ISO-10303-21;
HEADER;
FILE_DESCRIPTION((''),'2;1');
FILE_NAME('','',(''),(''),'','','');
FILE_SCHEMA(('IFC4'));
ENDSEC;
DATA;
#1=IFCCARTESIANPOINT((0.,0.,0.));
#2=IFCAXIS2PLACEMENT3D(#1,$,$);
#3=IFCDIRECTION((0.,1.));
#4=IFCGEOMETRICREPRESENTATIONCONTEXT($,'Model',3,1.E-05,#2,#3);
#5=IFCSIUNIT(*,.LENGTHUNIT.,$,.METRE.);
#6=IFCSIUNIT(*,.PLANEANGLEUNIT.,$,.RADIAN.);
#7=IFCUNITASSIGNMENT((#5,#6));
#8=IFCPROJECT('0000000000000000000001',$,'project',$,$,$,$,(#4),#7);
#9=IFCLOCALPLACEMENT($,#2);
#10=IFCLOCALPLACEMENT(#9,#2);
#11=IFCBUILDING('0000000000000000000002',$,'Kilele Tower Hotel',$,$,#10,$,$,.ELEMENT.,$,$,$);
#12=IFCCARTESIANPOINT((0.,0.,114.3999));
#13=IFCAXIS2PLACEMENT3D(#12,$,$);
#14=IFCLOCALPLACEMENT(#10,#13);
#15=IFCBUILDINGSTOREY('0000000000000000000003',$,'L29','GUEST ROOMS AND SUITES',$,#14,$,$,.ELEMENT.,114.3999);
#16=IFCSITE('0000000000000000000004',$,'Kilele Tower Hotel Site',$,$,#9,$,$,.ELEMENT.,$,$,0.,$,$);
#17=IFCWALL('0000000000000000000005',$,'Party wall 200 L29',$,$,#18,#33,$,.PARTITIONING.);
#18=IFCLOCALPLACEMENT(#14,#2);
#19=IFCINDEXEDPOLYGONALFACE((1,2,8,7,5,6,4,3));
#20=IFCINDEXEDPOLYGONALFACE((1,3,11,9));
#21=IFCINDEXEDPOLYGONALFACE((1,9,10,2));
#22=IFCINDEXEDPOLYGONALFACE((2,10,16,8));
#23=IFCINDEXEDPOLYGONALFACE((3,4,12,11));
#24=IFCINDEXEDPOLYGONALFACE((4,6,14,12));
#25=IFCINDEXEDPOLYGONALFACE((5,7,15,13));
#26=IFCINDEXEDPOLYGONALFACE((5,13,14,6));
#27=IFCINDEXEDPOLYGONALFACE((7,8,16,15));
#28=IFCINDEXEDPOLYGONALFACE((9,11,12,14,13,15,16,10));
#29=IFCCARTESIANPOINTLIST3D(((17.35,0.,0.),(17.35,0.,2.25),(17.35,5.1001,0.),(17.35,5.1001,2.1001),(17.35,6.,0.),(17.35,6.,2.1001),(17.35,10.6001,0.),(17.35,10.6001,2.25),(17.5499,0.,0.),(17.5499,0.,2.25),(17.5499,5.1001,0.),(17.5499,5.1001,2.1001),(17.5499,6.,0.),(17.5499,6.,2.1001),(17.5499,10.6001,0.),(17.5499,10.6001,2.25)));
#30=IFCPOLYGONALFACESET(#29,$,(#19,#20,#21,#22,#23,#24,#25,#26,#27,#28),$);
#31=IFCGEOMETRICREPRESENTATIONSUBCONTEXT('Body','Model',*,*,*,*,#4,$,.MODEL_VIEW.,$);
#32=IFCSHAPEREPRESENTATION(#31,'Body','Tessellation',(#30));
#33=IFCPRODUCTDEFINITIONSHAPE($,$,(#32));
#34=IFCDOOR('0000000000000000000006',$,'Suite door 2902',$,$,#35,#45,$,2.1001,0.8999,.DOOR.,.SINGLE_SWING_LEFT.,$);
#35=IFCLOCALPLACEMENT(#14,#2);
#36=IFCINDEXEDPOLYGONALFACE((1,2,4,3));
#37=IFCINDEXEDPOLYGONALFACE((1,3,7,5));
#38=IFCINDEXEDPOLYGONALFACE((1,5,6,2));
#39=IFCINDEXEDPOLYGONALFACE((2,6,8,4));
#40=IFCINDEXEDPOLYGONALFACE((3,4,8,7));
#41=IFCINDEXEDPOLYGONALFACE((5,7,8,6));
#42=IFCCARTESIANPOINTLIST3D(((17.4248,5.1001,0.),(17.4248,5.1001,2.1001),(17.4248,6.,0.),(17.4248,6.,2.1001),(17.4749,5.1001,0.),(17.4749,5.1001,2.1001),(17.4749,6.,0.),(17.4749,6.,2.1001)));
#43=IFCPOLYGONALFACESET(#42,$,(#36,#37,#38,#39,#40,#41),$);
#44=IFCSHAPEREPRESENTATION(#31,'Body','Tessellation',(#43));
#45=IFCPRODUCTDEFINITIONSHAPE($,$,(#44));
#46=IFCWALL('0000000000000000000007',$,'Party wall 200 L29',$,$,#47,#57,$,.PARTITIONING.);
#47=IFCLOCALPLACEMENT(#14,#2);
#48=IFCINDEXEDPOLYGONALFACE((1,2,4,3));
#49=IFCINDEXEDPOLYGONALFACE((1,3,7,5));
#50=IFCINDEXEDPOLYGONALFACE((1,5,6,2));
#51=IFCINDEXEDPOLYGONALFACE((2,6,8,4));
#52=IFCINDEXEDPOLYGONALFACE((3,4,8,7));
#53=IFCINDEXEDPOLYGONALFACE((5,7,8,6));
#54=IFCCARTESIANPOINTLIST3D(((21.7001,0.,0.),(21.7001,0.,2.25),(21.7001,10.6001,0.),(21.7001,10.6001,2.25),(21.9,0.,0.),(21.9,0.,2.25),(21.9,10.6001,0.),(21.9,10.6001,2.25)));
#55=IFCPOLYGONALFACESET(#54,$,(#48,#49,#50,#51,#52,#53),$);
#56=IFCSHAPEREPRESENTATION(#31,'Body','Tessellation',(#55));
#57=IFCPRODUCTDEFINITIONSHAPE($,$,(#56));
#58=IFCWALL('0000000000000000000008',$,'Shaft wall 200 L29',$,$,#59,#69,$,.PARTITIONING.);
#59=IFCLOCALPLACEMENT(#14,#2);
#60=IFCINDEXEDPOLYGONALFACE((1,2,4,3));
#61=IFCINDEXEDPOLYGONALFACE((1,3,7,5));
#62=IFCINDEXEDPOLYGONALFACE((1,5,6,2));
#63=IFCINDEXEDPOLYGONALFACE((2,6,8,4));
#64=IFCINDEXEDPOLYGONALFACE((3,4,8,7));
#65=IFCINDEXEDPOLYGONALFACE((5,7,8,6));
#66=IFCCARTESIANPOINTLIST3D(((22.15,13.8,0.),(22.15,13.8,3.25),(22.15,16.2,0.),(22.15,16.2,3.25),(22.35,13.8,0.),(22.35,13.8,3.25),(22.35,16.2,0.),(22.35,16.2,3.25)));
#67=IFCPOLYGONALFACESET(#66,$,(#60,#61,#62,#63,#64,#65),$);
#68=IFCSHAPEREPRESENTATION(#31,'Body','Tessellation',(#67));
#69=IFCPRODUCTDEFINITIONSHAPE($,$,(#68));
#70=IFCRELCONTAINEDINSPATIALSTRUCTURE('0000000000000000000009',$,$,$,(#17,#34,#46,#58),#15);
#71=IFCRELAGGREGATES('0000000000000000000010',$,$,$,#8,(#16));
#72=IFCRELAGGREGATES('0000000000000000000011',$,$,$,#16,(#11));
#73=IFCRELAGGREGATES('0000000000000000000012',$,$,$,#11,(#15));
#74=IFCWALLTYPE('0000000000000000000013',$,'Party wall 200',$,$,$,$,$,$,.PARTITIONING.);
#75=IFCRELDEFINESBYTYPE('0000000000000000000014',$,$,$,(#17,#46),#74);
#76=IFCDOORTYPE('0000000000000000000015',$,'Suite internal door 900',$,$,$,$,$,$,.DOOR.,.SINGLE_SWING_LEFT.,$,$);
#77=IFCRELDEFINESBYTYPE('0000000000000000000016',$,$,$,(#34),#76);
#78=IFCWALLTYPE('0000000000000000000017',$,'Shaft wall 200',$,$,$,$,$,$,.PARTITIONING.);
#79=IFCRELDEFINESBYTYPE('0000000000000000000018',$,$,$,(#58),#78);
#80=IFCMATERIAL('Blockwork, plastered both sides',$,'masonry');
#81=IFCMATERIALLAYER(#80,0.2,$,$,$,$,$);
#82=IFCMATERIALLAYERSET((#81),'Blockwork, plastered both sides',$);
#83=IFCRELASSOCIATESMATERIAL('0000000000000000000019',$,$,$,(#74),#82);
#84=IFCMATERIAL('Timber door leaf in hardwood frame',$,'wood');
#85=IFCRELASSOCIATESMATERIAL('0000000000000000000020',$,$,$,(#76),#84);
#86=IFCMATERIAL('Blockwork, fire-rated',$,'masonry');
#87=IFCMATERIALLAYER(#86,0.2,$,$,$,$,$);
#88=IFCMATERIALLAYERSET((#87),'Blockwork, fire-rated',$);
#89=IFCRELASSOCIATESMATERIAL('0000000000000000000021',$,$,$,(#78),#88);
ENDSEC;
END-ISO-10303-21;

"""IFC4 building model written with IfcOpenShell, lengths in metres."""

from ifc_helpers import new_model, si_unit, direction, frame, frame_2d, origin, place, context, subcontext, project, spatial, rectangle, extrude, material, layer, layer_set, type_object, element, fill, save


model = new_model("IFC4")

# Units and contexts
model_context = context("Model", 3, precision=1e-05, world=origin(), true_north=direction((0.0, 1.0)))
body_context = subcontext(model_context, "Body", "Model", "MODEL_VIEW")
ifc_project = project(units=[si_unit("LENGTHUNIT", "METRE"), si_unit("PLANEANGLEUNIT", "RADIAN")], contexts=[model_context])

# Site, building, storey
site_placement = place(None, origin())
site = spatial("IfcSite", under=ifc_project, at=site_placement, Name="Kilele Tower Hotel Site", CompositionType="ELEMENT", RefElevation=0.0)
building_placement = place(site_placement, origin())
building = spatial("IfcBuilding", under=site, at=building_placement, Name="Kilele Tower Hotel", CompositionType="ELEMENT")
storey_placement = place(building_placement, frame((0.0, 0.0, 114.3999)))
storey = spatial("IfcBuildingStorey", under=building, at=storey_placement, Name="L29", Description="GUEST ROOMS AND SUITES", CompositionType="ELEMENT", Elevation=114.3999)

# Wall, opening, door
ifc_material_1 = material(Name="Blockwork, plastered both sides", Category="masonry")
ifc_layer_1 = layer(ifc_material_1, 0.2)
ifc_layer_set_1 = layer_set([ifc_layer_1], Name="Blockwork, plastered both sides")
wall_type_1 = type_object("IfcWallType", Name="Party wall 200", PredefinedType="PARTITIONING", material=ifc_layer_set_1)
wall_1_placement = place(storey_placement, frame((17.45, 10.6001, 0.0), z_axis=(0.0, 0.0, 1.0), x_axis=(0.0, -1.0, 0.0)))
wall_1 = element("IfcWall", 1, at=wall_1_placement, inside=storey, type_object=wall_type_1, Name="Party wall 200 L29", PredefinedType="PARTITIONING", context=body_context, shape_type="SweptSolid", body=[
    extrude(rectangle(XDim=10.6001, YDim=0.2, at=frame_2d((5.3, 0.0))), origin(), (0.0, 0.0, 1.0), 2.25),
])
opening_1_placement = place(wall_1_placement, frame((4.6001, 0.0, 0.0)))
opening_1 = element("IfcOpeningElement", 2, at=opening_1_placement, cuts=wall_1, PredefinedType="OPENING", context=body_context, shape_type="SweptSolid", body=[
    extrude(rectangle(XDim=0.8999, YDim=2.1001, at=frame_2d((0.45, 1.05))), frame((0.0, 0.1099, 0.0), z_axis=(0.0, -1.0, 0.0), x_axis=(1.0, 0.0, 0.0)), (0.0, 0.0, 1.0), 0.22),
])
ifc_material_2 = material(Name="Timber door leaf in hardwood frame", Category="wood")
door_type_1 = type_object("IfcDoorType", Name="Suite internal door 900", OperationType="SINGLE_SWING_LEFT", PredefinedType="DOOR", material=ifc_material_2)
door_1_placement = place(opening_1_placement, origin())
door_1 = element("IfcDoor", 3, at=door_1_placement, inside=storey, type_object=door_type_1, Name="Suite door 2902", OperationType="SINGLE_SWING_LEFT", OverallHeight=2.1001, OverallWidth=0.8999, PredefinedType="DOOR", context=body_context, shape_type="SweptSolid", body=[
    extrude(rectangle(XDim=0.8999, YDim=2.1001, at=frame_2d((0.45, 1.05))), frame((0.0, 0.0249, 0.0), z_axis=(0.0, -1.0, 0.0), x_axis=(1.0, 0.0, 0.0)), (0.0, 0.0, 1.0), 0.05),
])
fill(opening_1, door_1)

# Walls
wall_2_placement = place(storey_placement, frame((21.8, 10.6001, 0.0), z_axis=(0.0, 0.0, 1.0), x_axis=(0.0, -1.0, 0.0)))
element("IfcWall", 4, at=wall_2_placement, inside=storey, type_object=wall_type_1, Name="Party wall 200 L29", PredefinedType="PARTITIONING", context=body_context, shape_type="SweptSolid", body=[
    extrude(rectangle(XDim=10.6001, YDim=0.2, at=frame_2d((5.3, 0.0))), origin(), (0.0, 0.0, 1.0), 2.25),
])
ifc_material_3 = material(Name="Blockwork, fire-rated", Category="masonry")
ifc_layer_2 = layer(ifc_material_3, 0.2)
ifc_layer_set_2 = layer_set([ifc_layer_2], Name="Blockwork, fire-rated")
wall_type_2 = type_object("IfcWallType", Name="Shaft wall 200", PredefinedType="PARTITIONING", material=ifc_layer_set_2)
wall_3_placement = place(storey_placement, frame((22.25, 13.8, 0.0), z_axis=(0.0, 0.0, 1.0), x_axis=(0.0, 1.0, 0.0)))
element("IfcWall", 5, at=wall_3_placement, inside=storey, type_object=wall_type_2, Name="Shaft wall 200 L29", PredefinedType="PARTITIONING", context=body_context, shape_type="SweptSolid", body=[
    extrude(rectangle(XDim=2.3999, YDim=0.2, at=frame_2d((1.2, 0.0))), origin(), (0.0, 0.0, 1.0), 3.25),
])

save(model, "model.ifc")
